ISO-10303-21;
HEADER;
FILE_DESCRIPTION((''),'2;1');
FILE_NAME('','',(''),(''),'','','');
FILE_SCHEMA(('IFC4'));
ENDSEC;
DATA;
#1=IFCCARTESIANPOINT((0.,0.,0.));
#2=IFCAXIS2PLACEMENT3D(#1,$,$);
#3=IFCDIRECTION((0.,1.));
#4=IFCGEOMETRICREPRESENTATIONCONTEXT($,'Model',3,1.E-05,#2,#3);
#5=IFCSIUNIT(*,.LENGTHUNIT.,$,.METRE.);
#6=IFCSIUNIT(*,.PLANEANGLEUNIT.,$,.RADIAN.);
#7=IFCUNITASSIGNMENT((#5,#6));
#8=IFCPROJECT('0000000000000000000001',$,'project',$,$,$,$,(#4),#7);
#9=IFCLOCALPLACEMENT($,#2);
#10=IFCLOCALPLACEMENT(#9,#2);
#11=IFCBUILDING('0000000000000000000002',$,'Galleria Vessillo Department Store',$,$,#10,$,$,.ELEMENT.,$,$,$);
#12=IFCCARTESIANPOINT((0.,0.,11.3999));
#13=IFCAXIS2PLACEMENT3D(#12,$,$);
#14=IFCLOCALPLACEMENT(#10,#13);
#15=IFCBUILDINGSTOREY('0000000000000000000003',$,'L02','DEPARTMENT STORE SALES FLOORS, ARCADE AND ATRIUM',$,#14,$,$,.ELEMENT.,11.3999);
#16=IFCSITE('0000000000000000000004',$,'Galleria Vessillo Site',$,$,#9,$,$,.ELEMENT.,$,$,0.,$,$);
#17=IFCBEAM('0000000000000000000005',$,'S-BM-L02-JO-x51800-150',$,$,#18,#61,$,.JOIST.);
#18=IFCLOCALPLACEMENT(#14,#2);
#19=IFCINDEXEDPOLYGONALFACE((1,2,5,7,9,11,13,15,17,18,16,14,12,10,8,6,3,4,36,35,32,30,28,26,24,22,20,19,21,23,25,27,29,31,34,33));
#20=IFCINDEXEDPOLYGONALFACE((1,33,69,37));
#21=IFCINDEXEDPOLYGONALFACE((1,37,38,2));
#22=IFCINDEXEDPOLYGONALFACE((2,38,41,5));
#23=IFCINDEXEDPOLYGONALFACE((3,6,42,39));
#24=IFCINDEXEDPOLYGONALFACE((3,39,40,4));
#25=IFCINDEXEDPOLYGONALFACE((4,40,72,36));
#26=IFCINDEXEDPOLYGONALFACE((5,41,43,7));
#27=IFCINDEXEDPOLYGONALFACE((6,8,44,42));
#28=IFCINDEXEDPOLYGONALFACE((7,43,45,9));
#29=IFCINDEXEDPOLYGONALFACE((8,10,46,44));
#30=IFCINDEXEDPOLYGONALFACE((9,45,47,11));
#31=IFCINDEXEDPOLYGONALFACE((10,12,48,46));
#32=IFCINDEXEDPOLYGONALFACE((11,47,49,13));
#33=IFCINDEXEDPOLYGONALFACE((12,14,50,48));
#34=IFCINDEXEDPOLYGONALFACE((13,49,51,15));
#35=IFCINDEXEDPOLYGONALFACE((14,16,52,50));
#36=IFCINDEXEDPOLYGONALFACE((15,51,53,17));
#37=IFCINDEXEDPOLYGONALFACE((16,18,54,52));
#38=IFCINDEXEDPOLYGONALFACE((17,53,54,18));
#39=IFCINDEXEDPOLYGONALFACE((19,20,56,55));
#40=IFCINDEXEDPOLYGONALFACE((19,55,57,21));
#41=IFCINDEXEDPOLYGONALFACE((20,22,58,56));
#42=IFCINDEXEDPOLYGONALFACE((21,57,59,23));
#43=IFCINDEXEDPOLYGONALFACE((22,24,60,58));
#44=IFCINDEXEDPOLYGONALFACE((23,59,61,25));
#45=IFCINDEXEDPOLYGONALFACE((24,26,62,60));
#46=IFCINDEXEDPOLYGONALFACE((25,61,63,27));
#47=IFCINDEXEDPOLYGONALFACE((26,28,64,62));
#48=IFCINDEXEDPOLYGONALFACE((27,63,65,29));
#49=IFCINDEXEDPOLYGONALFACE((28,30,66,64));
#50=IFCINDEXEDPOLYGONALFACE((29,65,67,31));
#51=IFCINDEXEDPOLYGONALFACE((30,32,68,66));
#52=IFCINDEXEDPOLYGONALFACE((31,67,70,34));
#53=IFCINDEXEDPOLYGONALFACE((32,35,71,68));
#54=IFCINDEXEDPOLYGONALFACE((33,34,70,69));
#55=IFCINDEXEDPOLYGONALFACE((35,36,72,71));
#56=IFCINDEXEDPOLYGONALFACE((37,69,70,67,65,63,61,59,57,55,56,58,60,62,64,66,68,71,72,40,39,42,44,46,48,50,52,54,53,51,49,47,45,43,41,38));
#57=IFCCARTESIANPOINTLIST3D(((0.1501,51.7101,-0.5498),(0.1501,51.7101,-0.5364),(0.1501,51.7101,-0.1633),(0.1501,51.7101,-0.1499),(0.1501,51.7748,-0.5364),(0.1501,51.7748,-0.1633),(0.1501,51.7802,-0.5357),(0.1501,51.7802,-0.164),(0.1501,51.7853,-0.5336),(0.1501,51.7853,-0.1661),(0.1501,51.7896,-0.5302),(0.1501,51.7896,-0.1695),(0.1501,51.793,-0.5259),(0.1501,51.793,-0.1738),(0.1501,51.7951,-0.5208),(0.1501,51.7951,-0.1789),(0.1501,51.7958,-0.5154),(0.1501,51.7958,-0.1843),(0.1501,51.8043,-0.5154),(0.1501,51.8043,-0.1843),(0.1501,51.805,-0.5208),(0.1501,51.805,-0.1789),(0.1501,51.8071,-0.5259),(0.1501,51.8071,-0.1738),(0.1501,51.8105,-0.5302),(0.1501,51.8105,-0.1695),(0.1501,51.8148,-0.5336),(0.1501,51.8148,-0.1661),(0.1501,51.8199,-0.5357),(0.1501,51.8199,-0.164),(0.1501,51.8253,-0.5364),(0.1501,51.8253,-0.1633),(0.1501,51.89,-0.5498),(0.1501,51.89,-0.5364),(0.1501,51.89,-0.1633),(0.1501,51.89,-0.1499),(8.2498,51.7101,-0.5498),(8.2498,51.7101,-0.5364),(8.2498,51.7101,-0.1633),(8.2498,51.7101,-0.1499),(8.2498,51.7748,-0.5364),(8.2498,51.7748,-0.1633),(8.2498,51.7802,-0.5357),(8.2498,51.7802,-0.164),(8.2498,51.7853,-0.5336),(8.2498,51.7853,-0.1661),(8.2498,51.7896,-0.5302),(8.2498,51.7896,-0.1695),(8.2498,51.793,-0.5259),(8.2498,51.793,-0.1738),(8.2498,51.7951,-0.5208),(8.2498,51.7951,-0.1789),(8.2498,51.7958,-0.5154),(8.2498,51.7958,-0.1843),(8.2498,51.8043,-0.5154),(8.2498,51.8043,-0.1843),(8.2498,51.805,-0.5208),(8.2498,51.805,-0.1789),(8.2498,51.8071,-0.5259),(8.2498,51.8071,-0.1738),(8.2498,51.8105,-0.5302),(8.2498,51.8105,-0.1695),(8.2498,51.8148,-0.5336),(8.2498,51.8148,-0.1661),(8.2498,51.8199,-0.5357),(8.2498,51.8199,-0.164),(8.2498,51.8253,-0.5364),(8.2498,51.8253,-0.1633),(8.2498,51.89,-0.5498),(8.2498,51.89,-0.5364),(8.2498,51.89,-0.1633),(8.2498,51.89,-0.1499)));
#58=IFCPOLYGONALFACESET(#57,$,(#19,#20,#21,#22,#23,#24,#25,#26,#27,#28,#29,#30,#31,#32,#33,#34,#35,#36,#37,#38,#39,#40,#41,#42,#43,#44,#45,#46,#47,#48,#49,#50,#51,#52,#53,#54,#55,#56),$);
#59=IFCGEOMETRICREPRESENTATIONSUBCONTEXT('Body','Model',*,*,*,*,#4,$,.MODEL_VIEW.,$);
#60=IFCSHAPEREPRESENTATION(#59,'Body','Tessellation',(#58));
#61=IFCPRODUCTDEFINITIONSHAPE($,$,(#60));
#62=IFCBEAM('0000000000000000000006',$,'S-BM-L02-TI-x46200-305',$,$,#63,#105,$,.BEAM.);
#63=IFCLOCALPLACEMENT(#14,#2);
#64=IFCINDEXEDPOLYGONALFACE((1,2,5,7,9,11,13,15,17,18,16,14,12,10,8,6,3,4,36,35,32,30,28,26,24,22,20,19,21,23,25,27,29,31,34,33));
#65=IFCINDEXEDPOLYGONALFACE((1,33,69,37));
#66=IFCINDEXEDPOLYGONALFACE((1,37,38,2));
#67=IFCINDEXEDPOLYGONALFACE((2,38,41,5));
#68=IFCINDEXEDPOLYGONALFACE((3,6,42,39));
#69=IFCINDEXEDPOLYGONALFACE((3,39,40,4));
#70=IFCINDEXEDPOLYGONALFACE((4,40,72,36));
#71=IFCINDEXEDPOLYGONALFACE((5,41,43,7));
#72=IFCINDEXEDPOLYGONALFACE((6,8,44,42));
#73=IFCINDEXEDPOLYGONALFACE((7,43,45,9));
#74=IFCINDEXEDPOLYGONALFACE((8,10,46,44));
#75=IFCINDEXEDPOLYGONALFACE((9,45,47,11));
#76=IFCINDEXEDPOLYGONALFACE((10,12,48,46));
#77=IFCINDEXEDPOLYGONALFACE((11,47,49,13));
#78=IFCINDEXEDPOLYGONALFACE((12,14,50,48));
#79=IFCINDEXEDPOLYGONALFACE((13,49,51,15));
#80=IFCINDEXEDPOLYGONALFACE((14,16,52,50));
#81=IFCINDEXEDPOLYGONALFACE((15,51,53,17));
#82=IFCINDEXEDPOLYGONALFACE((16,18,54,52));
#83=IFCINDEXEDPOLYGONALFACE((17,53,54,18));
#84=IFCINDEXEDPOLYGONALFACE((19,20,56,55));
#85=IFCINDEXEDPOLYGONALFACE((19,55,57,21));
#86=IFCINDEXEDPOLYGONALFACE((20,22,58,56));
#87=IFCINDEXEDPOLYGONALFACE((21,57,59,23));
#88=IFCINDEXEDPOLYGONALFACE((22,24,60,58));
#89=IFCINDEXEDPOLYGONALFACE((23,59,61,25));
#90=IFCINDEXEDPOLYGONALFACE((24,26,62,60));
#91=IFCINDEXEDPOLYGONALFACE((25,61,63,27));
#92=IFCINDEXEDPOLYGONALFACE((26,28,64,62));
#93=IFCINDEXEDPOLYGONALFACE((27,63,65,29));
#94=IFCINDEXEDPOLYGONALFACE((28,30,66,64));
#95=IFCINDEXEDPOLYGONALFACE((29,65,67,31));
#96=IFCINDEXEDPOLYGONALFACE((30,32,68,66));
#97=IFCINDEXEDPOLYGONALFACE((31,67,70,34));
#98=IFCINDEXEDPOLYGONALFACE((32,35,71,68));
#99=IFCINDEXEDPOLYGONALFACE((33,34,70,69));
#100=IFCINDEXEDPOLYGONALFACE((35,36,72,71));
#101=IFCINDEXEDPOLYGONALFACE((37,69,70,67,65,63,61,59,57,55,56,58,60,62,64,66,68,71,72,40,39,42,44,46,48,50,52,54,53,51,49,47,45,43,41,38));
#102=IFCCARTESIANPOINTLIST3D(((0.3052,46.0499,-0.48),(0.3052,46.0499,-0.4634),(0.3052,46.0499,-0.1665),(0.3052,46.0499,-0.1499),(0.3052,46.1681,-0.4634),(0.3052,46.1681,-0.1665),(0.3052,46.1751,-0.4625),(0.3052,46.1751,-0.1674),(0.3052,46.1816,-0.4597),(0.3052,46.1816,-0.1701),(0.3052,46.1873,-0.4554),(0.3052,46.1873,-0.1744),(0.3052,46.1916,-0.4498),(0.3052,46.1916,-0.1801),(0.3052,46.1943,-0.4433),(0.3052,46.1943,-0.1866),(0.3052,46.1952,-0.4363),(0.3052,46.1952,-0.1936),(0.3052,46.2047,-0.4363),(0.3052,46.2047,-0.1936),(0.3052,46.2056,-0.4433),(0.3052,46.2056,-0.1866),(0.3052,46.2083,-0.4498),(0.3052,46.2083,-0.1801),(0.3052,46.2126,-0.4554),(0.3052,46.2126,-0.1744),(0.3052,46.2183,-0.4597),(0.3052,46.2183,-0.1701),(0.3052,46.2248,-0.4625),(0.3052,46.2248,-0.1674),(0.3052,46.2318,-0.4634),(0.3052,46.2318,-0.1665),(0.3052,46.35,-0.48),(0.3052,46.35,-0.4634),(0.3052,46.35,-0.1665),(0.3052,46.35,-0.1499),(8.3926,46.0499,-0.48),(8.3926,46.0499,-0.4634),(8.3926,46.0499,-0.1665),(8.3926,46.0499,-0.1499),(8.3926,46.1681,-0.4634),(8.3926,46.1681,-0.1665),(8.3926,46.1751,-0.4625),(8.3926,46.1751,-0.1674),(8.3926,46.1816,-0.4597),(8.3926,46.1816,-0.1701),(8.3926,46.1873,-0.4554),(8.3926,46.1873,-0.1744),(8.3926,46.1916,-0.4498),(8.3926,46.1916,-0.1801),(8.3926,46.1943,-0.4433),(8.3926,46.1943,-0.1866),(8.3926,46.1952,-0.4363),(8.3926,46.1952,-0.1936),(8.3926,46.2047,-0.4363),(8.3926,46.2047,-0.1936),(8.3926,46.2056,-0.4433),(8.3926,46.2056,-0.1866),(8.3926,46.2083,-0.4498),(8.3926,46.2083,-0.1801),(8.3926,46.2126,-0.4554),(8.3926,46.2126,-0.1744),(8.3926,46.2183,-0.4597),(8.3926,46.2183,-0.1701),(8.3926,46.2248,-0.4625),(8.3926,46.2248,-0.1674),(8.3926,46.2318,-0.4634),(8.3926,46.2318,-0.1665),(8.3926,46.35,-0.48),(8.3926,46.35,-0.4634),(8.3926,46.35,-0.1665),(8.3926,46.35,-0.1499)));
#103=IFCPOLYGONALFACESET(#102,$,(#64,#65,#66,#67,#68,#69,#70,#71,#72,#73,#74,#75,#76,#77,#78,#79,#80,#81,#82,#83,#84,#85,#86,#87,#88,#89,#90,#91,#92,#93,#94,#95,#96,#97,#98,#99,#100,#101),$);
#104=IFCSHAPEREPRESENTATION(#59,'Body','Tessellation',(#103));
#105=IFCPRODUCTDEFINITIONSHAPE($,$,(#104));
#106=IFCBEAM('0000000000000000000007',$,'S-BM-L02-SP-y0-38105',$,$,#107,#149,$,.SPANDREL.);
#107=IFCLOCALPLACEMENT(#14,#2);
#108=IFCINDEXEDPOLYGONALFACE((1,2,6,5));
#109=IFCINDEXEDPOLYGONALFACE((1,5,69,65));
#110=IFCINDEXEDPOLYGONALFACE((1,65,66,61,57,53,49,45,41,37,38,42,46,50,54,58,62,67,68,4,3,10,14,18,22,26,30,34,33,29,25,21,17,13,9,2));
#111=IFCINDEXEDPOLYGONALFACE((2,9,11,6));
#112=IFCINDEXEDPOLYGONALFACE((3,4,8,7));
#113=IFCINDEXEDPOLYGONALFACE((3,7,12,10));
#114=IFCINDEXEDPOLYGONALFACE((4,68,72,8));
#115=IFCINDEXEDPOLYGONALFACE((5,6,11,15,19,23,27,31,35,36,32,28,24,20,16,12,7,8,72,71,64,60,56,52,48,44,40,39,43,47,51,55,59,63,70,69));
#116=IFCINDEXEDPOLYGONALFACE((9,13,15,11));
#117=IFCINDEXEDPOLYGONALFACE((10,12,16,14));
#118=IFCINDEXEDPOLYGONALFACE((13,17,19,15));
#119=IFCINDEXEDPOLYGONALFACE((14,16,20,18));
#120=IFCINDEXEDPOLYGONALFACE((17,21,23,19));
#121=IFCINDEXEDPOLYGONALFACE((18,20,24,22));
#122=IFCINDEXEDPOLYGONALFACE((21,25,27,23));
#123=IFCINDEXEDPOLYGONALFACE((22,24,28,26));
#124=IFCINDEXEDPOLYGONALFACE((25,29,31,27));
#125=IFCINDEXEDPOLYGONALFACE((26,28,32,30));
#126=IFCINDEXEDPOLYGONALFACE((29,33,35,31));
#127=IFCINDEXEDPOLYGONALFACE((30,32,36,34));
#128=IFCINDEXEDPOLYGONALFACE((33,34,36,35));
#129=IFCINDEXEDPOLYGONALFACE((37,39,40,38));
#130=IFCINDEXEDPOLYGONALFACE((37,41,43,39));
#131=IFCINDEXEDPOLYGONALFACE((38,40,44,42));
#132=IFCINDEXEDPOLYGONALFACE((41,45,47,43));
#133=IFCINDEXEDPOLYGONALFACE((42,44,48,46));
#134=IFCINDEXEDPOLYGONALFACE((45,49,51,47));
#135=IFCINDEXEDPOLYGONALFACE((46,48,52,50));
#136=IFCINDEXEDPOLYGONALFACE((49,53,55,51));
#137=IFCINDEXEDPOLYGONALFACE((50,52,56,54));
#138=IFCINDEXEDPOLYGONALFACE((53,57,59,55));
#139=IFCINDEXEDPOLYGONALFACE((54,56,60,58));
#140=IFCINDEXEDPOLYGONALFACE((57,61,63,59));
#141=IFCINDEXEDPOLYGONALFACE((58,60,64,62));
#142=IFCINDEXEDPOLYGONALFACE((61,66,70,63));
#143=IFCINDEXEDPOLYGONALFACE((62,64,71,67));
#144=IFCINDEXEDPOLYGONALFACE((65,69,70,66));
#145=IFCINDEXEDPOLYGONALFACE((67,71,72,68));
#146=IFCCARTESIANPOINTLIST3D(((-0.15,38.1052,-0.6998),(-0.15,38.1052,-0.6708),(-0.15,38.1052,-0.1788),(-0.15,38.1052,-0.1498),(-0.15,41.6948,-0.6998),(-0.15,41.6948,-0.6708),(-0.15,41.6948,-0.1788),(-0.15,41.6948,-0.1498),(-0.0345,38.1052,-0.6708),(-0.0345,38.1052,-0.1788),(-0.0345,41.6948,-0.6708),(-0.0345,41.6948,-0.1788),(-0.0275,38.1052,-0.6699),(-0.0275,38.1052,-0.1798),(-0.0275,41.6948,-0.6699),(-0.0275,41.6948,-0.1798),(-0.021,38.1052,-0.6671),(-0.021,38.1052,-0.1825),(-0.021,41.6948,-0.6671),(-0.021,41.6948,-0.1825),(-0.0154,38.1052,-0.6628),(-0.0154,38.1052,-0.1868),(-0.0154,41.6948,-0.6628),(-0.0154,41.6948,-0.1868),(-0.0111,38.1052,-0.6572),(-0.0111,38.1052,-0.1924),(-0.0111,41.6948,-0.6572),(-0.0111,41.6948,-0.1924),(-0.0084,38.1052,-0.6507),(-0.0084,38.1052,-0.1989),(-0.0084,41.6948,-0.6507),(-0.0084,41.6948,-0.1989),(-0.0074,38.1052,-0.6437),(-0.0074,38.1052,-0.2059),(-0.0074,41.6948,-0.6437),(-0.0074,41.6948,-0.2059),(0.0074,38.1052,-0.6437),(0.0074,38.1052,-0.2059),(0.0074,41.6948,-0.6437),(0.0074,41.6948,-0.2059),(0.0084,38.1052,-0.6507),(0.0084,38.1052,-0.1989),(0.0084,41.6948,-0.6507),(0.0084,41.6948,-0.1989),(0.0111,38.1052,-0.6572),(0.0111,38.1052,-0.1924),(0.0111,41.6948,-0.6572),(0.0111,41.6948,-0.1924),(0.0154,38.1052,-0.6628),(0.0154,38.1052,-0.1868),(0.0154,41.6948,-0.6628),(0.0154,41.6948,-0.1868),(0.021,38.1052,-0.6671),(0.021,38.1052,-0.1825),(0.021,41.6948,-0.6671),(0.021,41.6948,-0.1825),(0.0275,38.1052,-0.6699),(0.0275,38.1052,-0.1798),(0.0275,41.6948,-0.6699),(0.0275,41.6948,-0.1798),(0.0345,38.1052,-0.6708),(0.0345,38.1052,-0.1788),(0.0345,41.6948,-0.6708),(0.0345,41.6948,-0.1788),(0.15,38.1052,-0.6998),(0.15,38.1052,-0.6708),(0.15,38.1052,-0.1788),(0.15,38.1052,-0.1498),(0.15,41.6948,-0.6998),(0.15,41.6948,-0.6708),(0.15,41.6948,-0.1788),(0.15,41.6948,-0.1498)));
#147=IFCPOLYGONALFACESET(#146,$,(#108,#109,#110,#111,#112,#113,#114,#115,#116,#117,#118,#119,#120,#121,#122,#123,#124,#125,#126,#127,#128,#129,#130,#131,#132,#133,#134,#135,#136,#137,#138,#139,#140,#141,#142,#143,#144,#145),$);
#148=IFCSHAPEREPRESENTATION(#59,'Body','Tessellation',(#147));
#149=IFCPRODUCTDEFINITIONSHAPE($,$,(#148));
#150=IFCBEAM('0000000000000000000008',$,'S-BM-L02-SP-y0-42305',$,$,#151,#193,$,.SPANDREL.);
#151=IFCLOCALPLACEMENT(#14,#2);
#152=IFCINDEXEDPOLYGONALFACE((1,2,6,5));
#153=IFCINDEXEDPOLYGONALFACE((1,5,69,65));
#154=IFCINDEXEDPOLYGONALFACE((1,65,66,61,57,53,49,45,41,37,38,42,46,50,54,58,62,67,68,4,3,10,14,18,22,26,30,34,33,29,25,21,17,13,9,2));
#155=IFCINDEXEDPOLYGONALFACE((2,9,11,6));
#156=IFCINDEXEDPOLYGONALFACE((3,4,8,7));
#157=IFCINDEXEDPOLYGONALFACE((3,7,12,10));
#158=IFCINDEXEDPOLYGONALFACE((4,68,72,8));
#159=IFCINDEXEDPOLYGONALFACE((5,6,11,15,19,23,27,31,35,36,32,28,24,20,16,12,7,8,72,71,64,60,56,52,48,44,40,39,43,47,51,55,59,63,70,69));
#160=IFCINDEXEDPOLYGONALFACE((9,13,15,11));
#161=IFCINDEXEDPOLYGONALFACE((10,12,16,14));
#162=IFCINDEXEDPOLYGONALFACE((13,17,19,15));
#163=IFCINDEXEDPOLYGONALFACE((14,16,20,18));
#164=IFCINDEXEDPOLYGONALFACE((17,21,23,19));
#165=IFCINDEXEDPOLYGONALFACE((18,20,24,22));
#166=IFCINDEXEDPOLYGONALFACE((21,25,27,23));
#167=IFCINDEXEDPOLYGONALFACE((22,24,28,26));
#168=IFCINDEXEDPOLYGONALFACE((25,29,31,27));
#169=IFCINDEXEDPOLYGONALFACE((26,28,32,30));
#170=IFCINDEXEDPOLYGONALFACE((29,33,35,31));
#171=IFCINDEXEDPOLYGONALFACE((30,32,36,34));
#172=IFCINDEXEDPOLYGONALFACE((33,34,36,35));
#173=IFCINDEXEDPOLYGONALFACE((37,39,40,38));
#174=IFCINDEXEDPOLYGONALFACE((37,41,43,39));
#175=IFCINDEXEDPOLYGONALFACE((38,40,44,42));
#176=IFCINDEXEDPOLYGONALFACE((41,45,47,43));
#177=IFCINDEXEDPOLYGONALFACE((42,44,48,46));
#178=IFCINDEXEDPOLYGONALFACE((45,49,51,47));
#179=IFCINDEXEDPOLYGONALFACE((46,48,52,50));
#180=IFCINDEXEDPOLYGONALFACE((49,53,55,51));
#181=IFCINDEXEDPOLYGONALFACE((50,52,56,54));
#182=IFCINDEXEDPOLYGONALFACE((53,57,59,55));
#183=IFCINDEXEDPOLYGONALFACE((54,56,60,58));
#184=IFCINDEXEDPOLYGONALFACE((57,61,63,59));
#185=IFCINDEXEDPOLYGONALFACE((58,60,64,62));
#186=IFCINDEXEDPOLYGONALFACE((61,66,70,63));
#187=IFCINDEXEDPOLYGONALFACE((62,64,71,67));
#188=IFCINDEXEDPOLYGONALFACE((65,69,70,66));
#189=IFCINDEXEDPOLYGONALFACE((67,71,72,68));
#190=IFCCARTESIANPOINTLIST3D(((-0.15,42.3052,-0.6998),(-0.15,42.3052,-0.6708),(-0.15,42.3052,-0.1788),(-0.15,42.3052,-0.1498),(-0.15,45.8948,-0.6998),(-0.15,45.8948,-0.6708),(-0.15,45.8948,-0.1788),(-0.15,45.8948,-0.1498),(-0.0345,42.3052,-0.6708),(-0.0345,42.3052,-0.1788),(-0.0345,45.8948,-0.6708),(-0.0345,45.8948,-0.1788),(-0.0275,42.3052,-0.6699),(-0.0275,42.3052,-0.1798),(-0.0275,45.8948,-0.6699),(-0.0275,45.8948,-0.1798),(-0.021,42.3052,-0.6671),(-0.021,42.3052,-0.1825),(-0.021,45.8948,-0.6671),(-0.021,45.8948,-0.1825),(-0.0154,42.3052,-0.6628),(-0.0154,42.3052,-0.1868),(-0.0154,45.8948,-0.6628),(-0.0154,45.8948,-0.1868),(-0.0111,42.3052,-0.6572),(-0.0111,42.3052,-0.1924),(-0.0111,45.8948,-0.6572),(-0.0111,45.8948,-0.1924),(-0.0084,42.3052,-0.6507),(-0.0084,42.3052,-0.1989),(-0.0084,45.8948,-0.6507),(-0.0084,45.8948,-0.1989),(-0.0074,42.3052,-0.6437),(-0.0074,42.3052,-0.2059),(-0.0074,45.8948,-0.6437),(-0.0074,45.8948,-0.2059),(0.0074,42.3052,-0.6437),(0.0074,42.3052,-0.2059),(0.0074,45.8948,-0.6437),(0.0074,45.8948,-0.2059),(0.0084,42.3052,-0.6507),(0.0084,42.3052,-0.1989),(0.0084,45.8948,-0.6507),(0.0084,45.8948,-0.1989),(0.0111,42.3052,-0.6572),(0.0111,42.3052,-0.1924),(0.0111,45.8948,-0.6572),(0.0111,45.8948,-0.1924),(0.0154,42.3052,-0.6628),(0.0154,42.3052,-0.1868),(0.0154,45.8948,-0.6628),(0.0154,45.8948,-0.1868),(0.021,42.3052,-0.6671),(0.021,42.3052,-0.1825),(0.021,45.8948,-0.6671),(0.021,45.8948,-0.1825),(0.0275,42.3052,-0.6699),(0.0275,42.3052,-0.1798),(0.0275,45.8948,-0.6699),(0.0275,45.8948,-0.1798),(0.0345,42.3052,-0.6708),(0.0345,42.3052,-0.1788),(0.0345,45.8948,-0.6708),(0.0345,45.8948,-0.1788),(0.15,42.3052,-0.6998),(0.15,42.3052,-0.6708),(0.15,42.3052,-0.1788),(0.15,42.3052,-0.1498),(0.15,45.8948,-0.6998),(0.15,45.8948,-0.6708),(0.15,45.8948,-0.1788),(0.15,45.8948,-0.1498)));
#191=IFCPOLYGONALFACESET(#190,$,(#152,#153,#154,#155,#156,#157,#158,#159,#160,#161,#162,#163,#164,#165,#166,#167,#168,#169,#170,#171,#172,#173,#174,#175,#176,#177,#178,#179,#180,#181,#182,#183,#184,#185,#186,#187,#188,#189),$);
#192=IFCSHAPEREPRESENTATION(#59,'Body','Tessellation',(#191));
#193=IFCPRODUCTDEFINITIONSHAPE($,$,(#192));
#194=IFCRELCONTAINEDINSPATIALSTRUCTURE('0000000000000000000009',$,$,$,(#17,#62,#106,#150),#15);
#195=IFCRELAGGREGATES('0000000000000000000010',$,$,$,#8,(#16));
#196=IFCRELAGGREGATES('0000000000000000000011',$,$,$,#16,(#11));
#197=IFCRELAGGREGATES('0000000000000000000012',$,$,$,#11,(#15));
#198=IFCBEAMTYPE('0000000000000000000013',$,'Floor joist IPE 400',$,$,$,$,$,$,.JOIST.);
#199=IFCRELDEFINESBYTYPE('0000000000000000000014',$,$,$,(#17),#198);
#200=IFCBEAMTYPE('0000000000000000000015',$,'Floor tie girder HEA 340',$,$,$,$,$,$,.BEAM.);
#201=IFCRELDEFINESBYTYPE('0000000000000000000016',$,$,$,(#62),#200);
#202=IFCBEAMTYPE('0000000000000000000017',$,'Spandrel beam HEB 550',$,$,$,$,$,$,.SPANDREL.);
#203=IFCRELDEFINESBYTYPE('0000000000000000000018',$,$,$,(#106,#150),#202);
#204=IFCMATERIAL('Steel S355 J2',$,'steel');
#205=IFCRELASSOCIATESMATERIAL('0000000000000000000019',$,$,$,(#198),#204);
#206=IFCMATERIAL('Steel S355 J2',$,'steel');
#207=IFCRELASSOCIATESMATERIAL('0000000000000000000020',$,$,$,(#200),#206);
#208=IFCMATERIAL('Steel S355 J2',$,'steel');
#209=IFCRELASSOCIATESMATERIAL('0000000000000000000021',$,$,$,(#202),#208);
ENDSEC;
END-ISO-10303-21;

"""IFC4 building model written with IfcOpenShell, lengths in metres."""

from ifc_helpers import new_model, si_unit, direction, frame, origin, origin_2d, place, context, subcontext, project, spatial, i_section, extrude, material, material_profile, profile_set, type_object, element, save


model = new_model("IFC4")

# Units and contexts
model_context = context("Model", 3, precision=1e-05, world=origin(), true_north=direction((0.0, 1.0)))
body_context = subcontext(model_context, "Body", "Model", "MODEL_VIEW")
ifc_project = project(units=[si_unit("LENGTHUNIT", "METRE"), si_unit("PLANEANGLEUNIT", "RADIAN")], contexts=[model_context])

# Site, building, storey
site_placement = place(None, origin())
site = spatial("IfcSite", under=ifc_project, at=site_placement, Name="Galleria Vessillo Site", CompositionType="ELEMENT", RefElevation=0.0)
building_placement = place(site_placement, origin())
building = spatial("IfcBuilding", under=site, at=building_placement, Name="Galleria Vessillo Department Store", CompositionType="ELEMENT")
storey_placement = place(building_placement, frame((0.0, 0.0, 11.3999)))
storey = spatial("IfcBuildingStorey", under=building, at=storey_placement, Name="L02", Description="DEPARTMENT STORE SALES FLOORS, ARCADE AND ATRIUM", CompositionType="ELEMENT", Elevation=11.3999)

# Beams
ifc_material_1 = material(Name="Steel S355 J2", Category="steel")
ifc_material_profile_1 = material_profile(ifc_material_1, i_section(OverallWidth=0.1799, OverallDepth=0.3999, WebThickness=0.0085, FlangeThickness=0.0134, FilletRadius=0.021, at=origin_2d()), Name="IPE 400")
ifc_profile_set_1 = profile_set([ifc_material_profile_1], Name="Steel S355 J2")
beam_type_1 = type_object("IfcBeamType", Name="Floor joist IPE 400", PredefinedType="JOIST", material=ifc_profile_set_1)
for number, where, z_axis, x_axis, name in (
    (1, (0.1501, 51.8, -0.3499), (1.0, 0.0, 0.0), (0.0, 1.0, 0.0), "S-BM-L02-JO-x51800-150"),
):
    element("IfcBeam", number, at=place(storey_placement, frame(where, z_axis=z_axis, x_axis=x_axis)), inside=storey, type_object=beam_type_1, Name=name, PredefinedType="JOIST", context=body_context, shape_type="SweptSolid", body=[
        extrude(i_section(OverallWidth=0.1799, OverallDepth=0.3999, WebThickness=0.0085, FlangeThickness=0.0134, FilletRadius=0.021, at=origin_2d()), origin(), (0.0, 0.0, 1.0), 8.0996),
    ])
ifc_material_2 = material(Name="Steel S355 J2", Category="steel")
ifc_material_profile_2 = material_profile(ifc_material_2, i_section(OverallWidth=0.3, OverallDepth=0.3301, WebThickness=0.0095, FlangeThickness=0.0166, FilletRadius=0.0271, at=origin_2d()), Name="HEA 340")
ifc_profile_set_2 = profile_set([ifc_material_profile_2], Name="Steel S355 J2")
beam_type_2 = type_object("IfcBeamType", Name="Floor tie girder HEA 340", PredefinedType="BEAM", material=ifc_profile_set_2)
beam_placement = place(storey_placement, frame((0.3052, 46.2, -0.3149), z_axis=(1.0, 0.0, 0.0), x_axis=(0.0, 1.0, 0.0)))
element("IfcBeam", 2, at=beam_placement, inside=storey, type_object=beam_type_2, Name="S-BM-L02-TI-x46200-305", PredefinedType="BEAM", context=body_context, shape_type="SweptSolid", body=[
    extrude(i_section(OverallWidth=0.3, OverallDepth=0.3301, WebThickness=0.0095, FlangeThickness=0.0166, FilletRadius=0.0271, at=origin_2d()), origin(), (0.0, 0.0, 1.0), 8.0874),
])
ifc_material_3 = material(Name="Steel S355 J2", Category="steel")
ifc_material_profile_3 = material_profile(ifc_material_3, i_section(OverallWidth=0.3, OverallDepth=0.55, WebThickness=0.0149, FlangeThickness=0.0291, FilletRadius=0.0271, at=origin_2d()), Name="HEB 550")
ifc_profile_set_3 = profile_set([ifc_material_profile_3], Name="Steel S355 J2")
beam_type_3 = type_object("IfcBeamType", Name="Spandrel beam HEB 550", PredefinedType="SPANDREL", material=ifc_profile_set_3)
for number, where, z_axis, x_axis, name in (
    (3, (0.0, 38.1052, -0.4248), (0.0, 1.0, 0.0), (-1.0, 0.0, 0.0), "S-BM-L02-SP-y0-38105"),
    (4, (0.0, 42.3052, -0.4248), (0.0, 1.0, 0.0), (-1.0, 0.0, 0.0), "S-BM-L02-SP-y0-42305"),
):
    element("IfcBeam", number, at=place(storey_placement, frame(where, z_axis=z_axis, x_axis=x_axis)), inside=storey, type_object=beam_type_3, Name=name, PredefinedType="SPANDREL", context=body_context, shape_type="SweptSolid", body=[
        extrude(i_section(OverallWidth=0.3, OverallDepth=0.55, WebThickness=0.0149, FlangeThickness=0.0291, FilletRadius=0.0271, at=origin_2d()), origin(), (0.0, 0.0, 1.0), 3.5896),
    ])

save(model, "model.ifc")
